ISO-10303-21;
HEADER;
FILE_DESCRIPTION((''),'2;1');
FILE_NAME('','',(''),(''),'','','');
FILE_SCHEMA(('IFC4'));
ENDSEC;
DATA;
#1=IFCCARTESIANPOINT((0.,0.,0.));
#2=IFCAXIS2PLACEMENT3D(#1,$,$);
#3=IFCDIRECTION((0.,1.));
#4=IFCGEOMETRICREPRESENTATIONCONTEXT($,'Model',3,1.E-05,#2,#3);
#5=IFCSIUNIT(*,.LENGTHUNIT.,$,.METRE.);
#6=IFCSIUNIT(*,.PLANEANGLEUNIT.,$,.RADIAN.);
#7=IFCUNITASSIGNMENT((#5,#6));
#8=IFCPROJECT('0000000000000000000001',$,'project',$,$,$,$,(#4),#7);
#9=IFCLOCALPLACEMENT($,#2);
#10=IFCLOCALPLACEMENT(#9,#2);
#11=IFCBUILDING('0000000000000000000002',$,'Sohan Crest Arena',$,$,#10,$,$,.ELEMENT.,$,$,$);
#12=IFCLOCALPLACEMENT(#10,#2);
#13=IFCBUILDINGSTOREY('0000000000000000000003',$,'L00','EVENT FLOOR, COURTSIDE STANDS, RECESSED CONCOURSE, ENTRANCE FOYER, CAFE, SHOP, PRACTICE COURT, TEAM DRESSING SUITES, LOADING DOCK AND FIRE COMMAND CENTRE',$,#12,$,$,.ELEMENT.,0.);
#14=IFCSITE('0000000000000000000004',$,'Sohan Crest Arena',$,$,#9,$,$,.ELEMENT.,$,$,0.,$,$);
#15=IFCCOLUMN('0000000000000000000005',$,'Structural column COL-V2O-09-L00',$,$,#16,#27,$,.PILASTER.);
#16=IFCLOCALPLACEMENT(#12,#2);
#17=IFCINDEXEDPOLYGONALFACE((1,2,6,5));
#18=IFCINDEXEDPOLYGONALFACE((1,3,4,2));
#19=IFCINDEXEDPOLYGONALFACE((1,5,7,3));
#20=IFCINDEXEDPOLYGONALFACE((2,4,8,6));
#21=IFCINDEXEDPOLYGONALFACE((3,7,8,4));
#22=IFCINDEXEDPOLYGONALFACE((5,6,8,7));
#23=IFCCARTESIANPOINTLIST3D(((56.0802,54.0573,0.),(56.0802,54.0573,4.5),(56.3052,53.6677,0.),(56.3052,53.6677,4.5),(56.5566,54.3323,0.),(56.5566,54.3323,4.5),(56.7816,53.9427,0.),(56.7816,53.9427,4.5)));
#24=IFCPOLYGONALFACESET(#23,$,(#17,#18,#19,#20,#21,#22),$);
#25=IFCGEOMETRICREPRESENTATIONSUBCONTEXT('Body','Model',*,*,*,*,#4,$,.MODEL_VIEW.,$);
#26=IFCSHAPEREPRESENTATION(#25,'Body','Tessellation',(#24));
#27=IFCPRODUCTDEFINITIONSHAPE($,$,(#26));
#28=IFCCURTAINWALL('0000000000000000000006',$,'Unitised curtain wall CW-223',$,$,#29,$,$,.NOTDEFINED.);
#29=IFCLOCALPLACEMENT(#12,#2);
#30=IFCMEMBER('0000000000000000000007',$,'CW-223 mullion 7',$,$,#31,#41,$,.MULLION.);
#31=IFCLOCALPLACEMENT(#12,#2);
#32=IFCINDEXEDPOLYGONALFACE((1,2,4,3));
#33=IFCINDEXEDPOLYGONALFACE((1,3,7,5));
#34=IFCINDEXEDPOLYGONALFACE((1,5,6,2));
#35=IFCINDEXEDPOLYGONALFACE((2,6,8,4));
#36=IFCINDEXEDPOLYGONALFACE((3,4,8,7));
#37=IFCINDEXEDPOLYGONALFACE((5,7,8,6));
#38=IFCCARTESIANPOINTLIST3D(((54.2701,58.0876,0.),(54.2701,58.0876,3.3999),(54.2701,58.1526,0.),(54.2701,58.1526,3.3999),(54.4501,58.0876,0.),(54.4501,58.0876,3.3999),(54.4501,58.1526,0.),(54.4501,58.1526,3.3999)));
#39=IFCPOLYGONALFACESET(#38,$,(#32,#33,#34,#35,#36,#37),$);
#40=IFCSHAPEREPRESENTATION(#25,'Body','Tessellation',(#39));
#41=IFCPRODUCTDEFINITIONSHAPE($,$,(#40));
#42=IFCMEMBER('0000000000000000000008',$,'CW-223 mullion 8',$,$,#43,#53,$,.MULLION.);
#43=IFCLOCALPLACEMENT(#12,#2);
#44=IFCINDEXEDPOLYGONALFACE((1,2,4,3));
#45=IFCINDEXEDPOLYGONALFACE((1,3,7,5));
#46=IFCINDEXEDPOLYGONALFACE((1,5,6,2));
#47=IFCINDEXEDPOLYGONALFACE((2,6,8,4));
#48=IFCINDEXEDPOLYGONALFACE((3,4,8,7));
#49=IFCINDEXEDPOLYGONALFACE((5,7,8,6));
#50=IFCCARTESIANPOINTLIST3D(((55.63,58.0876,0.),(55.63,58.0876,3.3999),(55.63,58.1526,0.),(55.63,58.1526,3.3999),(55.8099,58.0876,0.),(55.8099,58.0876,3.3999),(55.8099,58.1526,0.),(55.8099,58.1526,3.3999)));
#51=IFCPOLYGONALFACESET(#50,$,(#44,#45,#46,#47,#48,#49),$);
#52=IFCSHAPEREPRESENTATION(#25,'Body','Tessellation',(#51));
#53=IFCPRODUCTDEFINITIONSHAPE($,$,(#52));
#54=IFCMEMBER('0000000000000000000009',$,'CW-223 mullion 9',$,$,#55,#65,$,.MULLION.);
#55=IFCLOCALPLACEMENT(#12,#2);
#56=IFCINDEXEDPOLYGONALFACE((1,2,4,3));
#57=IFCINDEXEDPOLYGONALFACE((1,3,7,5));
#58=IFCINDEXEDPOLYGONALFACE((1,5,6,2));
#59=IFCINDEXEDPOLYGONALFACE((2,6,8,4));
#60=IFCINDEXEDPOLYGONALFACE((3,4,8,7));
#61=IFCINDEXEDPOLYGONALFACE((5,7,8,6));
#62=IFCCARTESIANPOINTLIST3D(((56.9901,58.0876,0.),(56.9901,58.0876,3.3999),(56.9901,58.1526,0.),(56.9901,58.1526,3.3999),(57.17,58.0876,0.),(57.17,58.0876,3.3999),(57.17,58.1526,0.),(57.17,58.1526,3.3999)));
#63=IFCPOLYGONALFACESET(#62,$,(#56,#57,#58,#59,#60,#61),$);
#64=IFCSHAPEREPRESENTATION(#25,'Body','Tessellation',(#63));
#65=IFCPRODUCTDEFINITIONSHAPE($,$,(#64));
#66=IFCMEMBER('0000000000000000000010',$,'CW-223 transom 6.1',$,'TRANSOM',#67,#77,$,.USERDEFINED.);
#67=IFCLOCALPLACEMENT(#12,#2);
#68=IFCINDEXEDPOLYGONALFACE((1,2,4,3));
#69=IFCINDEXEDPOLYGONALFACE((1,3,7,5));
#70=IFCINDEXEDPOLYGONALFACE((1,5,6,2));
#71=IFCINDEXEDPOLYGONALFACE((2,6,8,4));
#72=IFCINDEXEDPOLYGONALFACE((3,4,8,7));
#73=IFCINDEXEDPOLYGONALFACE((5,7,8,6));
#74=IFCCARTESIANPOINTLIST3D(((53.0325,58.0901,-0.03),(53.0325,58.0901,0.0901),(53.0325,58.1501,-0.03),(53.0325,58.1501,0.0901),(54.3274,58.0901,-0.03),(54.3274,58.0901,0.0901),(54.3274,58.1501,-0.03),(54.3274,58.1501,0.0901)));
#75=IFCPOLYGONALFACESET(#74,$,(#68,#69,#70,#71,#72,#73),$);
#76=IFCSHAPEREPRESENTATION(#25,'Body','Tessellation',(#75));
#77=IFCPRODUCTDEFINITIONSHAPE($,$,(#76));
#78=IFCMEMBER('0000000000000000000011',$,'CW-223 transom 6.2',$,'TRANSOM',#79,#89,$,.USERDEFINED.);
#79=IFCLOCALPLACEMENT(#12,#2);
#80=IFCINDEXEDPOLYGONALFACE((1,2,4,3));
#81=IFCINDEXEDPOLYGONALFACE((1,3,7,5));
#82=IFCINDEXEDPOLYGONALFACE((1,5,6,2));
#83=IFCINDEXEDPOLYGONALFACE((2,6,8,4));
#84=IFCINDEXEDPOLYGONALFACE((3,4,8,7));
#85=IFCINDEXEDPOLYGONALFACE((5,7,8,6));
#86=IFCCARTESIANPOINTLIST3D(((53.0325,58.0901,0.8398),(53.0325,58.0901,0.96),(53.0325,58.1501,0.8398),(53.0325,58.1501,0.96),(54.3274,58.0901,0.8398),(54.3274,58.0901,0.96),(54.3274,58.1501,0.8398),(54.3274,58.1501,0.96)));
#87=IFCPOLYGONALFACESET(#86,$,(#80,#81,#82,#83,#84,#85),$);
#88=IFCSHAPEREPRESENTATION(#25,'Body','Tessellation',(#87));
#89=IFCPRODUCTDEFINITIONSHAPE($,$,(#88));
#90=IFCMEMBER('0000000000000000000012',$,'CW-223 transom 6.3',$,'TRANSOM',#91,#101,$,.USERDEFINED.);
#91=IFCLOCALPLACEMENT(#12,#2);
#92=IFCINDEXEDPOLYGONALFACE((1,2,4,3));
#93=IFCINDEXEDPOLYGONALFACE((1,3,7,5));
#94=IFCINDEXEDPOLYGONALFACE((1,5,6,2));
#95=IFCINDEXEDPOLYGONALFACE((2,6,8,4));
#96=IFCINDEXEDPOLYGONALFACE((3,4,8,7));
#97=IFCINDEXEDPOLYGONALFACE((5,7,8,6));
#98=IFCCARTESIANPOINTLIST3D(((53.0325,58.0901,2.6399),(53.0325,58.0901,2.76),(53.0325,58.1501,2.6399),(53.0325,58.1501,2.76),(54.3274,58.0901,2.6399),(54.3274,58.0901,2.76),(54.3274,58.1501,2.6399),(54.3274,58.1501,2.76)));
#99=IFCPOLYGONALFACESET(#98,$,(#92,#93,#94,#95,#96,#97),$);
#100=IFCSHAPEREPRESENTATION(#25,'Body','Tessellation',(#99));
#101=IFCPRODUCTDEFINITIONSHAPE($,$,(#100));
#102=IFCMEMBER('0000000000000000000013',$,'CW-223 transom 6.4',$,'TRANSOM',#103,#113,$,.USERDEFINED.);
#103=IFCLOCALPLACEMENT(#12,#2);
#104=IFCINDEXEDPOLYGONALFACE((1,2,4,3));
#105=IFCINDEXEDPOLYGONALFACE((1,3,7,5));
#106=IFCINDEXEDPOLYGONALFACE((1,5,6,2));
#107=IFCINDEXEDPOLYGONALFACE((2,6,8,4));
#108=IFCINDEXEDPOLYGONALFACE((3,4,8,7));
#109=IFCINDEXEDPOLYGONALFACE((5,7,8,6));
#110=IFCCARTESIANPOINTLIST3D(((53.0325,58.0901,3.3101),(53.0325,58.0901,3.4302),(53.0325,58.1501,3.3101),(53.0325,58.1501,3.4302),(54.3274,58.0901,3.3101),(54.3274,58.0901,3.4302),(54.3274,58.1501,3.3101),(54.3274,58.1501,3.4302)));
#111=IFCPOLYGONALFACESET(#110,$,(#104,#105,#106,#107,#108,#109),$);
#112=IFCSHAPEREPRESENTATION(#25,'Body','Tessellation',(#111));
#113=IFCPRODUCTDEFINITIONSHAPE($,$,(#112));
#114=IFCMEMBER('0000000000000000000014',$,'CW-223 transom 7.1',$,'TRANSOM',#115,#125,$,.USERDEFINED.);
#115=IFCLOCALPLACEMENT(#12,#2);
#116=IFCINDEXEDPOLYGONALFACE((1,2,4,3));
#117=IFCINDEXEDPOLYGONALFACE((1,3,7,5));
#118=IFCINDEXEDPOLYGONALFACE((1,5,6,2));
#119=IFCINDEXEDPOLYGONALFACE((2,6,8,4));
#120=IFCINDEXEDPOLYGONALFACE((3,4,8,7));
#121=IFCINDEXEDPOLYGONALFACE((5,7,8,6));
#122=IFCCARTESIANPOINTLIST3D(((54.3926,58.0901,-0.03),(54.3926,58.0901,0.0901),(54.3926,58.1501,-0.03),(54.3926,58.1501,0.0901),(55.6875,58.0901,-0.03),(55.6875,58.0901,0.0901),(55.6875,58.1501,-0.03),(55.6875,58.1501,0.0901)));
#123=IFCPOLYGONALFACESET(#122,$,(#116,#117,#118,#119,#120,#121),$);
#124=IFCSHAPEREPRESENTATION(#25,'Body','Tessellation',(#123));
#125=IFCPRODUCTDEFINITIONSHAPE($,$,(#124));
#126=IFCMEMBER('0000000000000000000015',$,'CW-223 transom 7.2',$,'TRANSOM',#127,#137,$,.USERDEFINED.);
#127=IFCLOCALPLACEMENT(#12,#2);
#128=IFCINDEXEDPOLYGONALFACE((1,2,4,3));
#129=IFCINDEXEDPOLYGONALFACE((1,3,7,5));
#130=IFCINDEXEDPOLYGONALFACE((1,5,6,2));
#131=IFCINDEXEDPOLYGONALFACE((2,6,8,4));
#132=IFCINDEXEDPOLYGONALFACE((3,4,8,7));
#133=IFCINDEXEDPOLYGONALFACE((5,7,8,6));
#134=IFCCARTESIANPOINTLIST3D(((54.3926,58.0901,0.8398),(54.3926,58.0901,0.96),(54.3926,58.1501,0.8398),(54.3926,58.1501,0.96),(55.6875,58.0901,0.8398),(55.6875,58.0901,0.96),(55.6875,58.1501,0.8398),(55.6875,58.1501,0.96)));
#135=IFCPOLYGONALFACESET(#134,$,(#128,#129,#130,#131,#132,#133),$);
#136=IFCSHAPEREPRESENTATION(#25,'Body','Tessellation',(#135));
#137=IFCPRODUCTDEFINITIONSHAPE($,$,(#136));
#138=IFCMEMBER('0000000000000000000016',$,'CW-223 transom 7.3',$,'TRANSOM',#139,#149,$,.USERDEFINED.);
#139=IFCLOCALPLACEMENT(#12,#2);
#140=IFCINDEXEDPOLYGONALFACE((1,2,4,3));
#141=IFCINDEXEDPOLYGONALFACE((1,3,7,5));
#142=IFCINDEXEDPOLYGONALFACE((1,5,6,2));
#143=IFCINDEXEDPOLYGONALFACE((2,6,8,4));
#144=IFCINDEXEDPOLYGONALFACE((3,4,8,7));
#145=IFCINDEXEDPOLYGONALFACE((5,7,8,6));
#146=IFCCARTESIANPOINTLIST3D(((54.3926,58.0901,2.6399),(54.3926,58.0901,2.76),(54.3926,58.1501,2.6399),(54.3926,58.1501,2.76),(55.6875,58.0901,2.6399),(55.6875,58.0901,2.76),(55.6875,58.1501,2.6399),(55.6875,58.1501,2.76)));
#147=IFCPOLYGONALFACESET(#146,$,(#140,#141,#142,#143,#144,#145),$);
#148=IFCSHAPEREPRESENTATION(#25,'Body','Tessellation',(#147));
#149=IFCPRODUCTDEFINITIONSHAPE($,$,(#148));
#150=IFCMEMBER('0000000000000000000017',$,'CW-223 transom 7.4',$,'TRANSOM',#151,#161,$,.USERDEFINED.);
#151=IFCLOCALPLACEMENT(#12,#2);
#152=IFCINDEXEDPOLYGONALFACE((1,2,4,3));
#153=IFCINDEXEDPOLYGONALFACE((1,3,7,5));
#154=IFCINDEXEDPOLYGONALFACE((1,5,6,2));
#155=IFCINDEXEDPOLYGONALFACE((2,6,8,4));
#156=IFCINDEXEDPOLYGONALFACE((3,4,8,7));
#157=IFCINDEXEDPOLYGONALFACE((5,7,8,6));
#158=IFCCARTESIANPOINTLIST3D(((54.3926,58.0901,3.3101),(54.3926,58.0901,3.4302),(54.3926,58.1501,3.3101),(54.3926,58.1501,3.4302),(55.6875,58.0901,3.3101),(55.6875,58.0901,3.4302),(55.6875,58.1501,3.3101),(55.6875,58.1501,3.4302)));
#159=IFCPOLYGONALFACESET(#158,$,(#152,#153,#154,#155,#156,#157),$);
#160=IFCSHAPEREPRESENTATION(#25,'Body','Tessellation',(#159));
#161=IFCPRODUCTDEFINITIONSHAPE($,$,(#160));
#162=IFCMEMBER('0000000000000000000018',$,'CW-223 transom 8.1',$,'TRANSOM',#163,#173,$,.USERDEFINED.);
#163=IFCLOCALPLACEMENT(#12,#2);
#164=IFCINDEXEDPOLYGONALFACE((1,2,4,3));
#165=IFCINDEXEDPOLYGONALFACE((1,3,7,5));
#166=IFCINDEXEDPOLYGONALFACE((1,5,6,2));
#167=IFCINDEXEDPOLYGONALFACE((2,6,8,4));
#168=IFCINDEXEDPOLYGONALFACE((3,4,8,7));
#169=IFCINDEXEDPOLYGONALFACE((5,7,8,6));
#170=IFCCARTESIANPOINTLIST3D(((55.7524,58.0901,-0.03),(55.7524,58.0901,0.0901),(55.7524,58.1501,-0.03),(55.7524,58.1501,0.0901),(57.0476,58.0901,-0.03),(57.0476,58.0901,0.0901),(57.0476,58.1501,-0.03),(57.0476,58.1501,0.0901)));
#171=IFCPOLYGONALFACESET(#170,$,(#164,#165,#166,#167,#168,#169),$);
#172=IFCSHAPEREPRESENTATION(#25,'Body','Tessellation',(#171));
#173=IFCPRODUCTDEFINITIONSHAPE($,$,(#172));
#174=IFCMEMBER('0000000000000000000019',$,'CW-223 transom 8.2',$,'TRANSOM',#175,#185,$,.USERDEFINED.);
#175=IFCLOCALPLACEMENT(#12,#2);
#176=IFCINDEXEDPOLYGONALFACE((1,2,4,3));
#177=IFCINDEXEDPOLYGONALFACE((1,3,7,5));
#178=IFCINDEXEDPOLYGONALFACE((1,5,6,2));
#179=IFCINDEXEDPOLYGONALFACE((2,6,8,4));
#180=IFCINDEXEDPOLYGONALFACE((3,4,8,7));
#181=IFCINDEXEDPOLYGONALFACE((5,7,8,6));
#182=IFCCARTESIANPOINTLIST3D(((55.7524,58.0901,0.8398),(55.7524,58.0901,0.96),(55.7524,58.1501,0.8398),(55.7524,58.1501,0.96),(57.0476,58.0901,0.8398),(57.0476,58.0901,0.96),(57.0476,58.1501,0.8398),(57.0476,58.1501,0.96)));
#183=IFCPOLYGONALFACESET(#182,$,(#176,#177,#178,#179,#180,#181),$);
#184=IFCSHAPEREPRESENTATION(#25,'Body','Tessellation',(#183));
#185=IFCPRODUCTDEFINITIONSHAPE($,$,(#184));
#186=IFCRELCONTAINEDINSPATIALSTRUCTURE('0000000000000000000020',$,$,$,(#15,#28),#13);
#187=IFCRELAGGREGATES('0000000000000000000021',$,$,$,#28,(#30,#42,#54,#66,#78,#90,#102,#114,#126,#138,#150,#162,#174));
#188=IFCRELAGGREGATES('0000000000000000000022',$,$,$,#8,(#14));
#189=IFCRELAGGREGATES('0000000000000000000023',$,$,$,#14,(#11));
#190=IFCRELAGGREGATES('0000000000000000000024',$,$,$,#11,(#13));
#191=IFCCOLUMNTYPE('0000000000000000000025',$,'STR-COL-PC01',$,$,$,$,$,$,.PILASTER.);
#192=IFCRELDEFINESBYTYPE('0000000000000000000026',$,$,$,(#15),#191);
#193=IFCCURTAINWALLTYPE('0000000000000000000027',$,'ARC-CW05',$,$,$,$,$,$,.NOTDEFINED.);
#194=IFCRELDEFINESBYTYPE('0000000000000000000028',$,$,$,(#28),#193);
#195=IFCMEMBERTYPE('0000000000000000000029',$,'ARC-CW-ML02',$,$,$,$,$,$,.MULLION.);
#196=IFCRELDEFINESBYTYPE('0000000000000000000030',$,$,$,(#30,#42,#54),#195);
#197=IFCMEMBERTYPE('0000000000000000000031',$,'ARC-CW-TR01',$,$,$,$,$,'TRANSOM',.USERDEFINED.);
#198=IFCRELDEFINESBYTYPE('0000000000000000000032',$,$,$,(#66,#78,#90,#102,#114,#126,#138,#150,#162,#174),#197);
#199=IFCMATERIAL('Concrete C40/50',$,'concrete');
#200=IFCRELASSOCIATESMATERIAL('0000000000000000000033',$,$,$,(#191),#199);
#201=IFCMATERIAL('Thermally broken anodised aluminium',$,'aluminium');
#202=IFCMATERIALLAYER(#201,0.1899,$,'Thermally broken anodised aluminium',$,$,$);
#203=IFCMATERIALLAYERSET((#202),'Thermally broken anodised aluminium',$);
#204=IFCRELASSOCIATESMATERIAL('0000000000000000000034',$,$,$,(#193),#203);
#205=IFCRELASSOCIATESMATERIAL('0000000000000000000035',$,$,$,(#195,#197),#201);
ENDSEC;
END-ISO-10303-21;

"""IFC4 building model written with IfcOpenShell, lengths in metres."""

from ifc_helpers import new_model, si_unit, direction, frame, origin, origin_2d, place, context, subcontext, project, spatial, rectangle, extrude, material, layer, layer_set, material_profile, profile_set, type_object, element, aggregate, save


model = new_model("IFC4")

# Units and contexts
model_context = context("Model", 3, precision=1e-05, world=origin(), true_north=direction((0.0, 1.0)))
body_context = subcontext(model_context, "Body", "Model", "MODEL_VIEW")
ifc_project = project(units=[si_unit("LENGTHUNIT", "METRE"), si_unit("PLANEANGLEUNIT", "RADIAN")], contexts=[model_context])

# Site, building, storey
site_placement = place(None, origin())
site = spatial("IfcSite", under=ifc_project, at=site_placement, Name="Sohan Crest Arena", CompositionType="ELEMENT", RefElevation=0.0)
building_placement = place(site_placement, origin())
building = spatial("IfcBuilding", under=site, at=building_placement, Name="Sohan Crest Arena", CompositionType="ELEMENT")
storey_placement = place(building_placement, origin())
storey = spatial("IfcBuildingStorey", under=building, at=storey_placement, Name="L00", Description="EVENT FLOOR, COURTSIDE STANDS, RECESSED CONCOURSE, ENTRANCE FOYER, CAFE, SHOP, PRACTICE COURT, TEAM DRESSING SUITES, LOADING DOCK AND FIRE COMMAND CENTRE", CompositionType="ELEMENT", Elevation=0.0)

# Column
ifc_material_1 = material(Name="Concrete C40/50", Category="concrete")
ifc_material_profile_1 = material_profile(ifc_material_1, rectangle(XDim=0.55, YDim=0.45, at=origin_2d()), Name="RC 550x450")
ifc_profile_set_1 = profile_set([ifc_material_profile_1], Name="Concrete C40/50")
column_type = type_object("IfcColumnType", Name="STR-COL-PC01", PredefinedType="PILASTER", material=ifc_profile_set_1)
column_placement = place(storey_placement, frame((56.4309, 54.0, 0.0), z_axis=(0.0, 0.0, 1.0), x_axis=(0.866025, 0.5, 0.0)))
element("IfcColumn", 1, at=column_placement, inside=storey, type_object=column_type, Name="Structural column COL-V2O-09-L00", PredefinedType="PILASTER", context=body_context, shape_type="SweptSolid", body=[
    extrude(rectangle(XDim=0.55, YDim=0.45, at=origin_2d()), origin(), (0.0, 0.0, 1.0), 4.5),
])

# Curtain wall, members
ifc_material_2 = material(Name="Thermally broken anodised aluminium", Category="aluminium")
ifc_layer_1 = layer(ifc_material_2, 0.1899, Name="Thermally broken anodised aluminium")
ifc_layer_set_1 = layer_set([ifc_layer_1], Name="Thermally broken anodised aluminium")
curtain_wall_type = type_object("IfcCurtainWallType", Name="ARC-CW05", PredefinedType="NOTDEFINED", material=ifc_layer_set_1)
curtain_wall_placement = place(storey_placement, origin())
curtain_wall = element("IfcCurtainWall", 2, at=curtain_wall_placement, inside=storey, type_object=curtain_wall_type, Name="Unitised curtain wall CW-223", PredefinedType="NOTDEFINED")
ifc_material_profile_2 = material_profile(ifc_material_2, rectangle(XDim=0.0649, YDim=0.1799, at=origin_2d()), Name="ALU-MULL 65x180")
ifc_profile_set_2 = profile_set([ifc_material_profile_2], Name="Thermally broken anodised aluminium")
member_type_1 = type_object("IfcMemberType", Name="ARC-CW-ML02", PredefinedType="MULLION", material=ifc_profile_set_2)
member_1_placement = place(storey_placement, frame((54.3601, 58.1201, 0.0), z_axis=(0.0, 0.0, 1.0), x_axis=(0.0, 1.0, 0.0)))
member_1 = element("IfcMember", 3, at=member_1_placement, type_object=member_type_1, Name="CW-223 mullion 7", PredefinedType="MULLION", context=body_context, shape_type="SweptSolid", body=[
    extrude(rectangle(XDim=0.0649, YDim=0.1799, at=origin_2d()), origin(), (0.0, 0.0, 1.0), 3.3999),
])
member_2_placement = place(storey_placement, frame((55.72, 58.1201, 0.0), z_axis=(0.0, 0.0, 1.0), x_axis=(0.0, 1.0, 0.0)))
member_2 = element("IfcMember", 4, at=member_2_placement, type_object=member_type_1, Name="CW-223 mullion 8", PredefinedType="MULLION", context=body_context, shape_type="SweptSolid", body=[
    extrude(rectangle(XDim=0.0649, YDim=0.1799, at=origin_2d()), origin(), (0.0, 0.0, 1.0), 3.3999),
])
member_3_placement = place(storey_placement, frame((57.0801, 58.1201, 0.0), z_axis=(0.0, 0.0, 1.0), x_axis=(0.0, 1.0, 0.0)))
member_3 = element("IfcMember", 5, at=member_3_placement, type_object=member_type_1, Name="CW-223 mullion 9", PredefinedType="MULLION", context=body_context, shape_type="SweptSolid", body=[
    extrude(rectangle(XDim=0.0649, YDim=0.1799, at=origin_2d()), origin(), (0.0, 0.0, 1.0), 3.3999),
])
ifc_material_profile_3 = material_profile(ifc_material_2, rectangle(XDim=0.0601, YDim=0.1201, at=origin_2d()), Name="ALU-TRAN 60x120")
ifc_profile_set_3 = profile_set([ifc_material_profile_3], Name="Thermally broken anodised aluminium")
member_type_2 = type_object("IfcMemberType", Name="ARC-CW-TR01", ElementType="TRANSOM", PredefinedType="USERDEFINED", material=ifc_profile_set_3)
member_4_placement = place(storey_placement, frame((53.0325, 58.1201, 0.03), z_axis=(1.0, 0.0, 0.0), x_axis=(0.0, 1.0, 0.0)))
member_4 = element("IfcMember", 6, at=member_4_placement, type_object=member_type_2, Name="CW-223 transom 6.1", ObjectType="TRANSOM", PredefinedType="USERDEFINED", context=body_context, shape_type="SweptSolid", body=[
    extrude(rectangle(XDim=0.0601, YDim=0.1201, at=origin_2d()), origin(), (0.0, 0.0, 1.0), 1.2949),
])
member_5_placement = place(storey_placement, frame((53.0325, 58.1201, 0.8999), z_axis=(1.0, 0.0, 0.0), x_axis=(0.0, 1.0, 0.0)))
member_5 = element("IfcMember", 7, at=member_5_placement, type_object=member_type_2, Name="CW-223 transom 6.2", ObjectType="TRANSOM", PredefinedType="USERDEFINED", context=body_context, shape_type="SweptSolid", body=[
    extrude(rectangle(XDim=0.0601, YDim=0.1201, at=origin_2d()), origin(), (0.0, 0.0, 1.0), 1.2949),
])
member_6_placement = place(storey_placement, frame((53.0325, 58.1201, 2.7), z_axis=(1.0, 0.0, 0.0), x_axis=(0.0, 1.0, 0.0)))
member_6 = element("IfcMember", 8, at=member_6_placement, type_object=member_type_2, Name="CW-223 transom 6.3", ObjectType="TRANSOM", PredefinedType="USERDEFINED", context=body_context, shape_type="SweptSolid", body=[
    extrude(rectangle(XDim=0.0601, YDim=0.1201, at=origin_2d()), origin(), (0.0, 0.0, 1.0), 1.2949),
])
member_7_placement = place(storey_placement, frame((53.0325, 58.1201, 3.3701), z_axis=(1.0, 0.0, 0.0), x_axis=(0.0, 1.0, 0.0)))
member_7 = element("IfcMember", 9, at=member_7_placement, type_object=member_type_2, Name="CW-223 transom 6.4", ObjectType="TRANSOM", PredefinedType="USERDEFINED", context=body_context, shape_type="SweptSolid", body=[
    extrude(rectangle(XDim=0.0601, YDim=0.1201, at=origin_2d()), origin(), (0.0, 0.0, 1.0), 1.2949),
])
member_8_placement = place(storey_placement, frame((54.3926, 58.1201, 0.03), z_axis=(1.0, 0.0, 0.0), x_axis=(0.0, 1.0, 0.0)))
member_8 = element("IfcMember", 10, at=member_8_placement, type_object=member_type_2, Name="CW-223 transom 7.1", ObjectType="TRANSOM", PredefinedType="USERDEFINED", context=body_context, shape_type="SweptSolid", body=[
    extrude(rectangle(XDim=0.0601, YDim=0.1201, at=origin_2d()), origin(), (0.0, 0.0, 1.0), 1.2949),
])
member_9_placement = place(storey_placement, frame((54.3926, 58.1201, 0.8999), z_axis=(1.0, 0.0, 0.0), x_axis=(0.0, 1.0, 0.0)))
member_9 = element("IfcMember", 11, at=member_9_placement, type_object=member_type_2, Name="CW-223 transom 7.2", ObjectType="TRANSOM", PredefinedType="USERDEFINED", context=body_context, shape_type="SweptSolid", body=[
    extrude(rectangle(XDim=0.0601, YDim=0.1201, at=origin_2d()), origin(), (0.0, 0.0, 1.0), 1.2949),
])
member_10_placement = place(storey_placement, frame((54.3926, 58.1201, 2.7), z_axis=(1.0, 0.0, 0.0), x_axis=(0.0, 1.0, 0.0)))
member_10 = element("IfcMember", 12, at=member_10_placement, type_object=member_type_2, Name="CW-223 transom 7.3", ObjectType="TRANSOM", PredefinedType="USERDEFINED", context=body_context, shape_type="SweptSolid", body=[
    extrude(rectangle(XDim=0.0601, YDim=0.1201, at=origin_2d()), origin(), (0.0, 0.0, 1.0), 1.2949),
])
member_11_placement = place(storey_placement, frame((54.3926, 58.1201, 3.3701), z_axis=(1.0, 0.0, 0.0), x_axis=(0.0, 1.0, 0.0)))
member_11 = element("IfcMember", 13, at=member_11_placement, type_object=member_type_2, Name="CW-223 transom 7.4", ObjectType="TRANSOM", PredefinedType="USERDEFINED", context=body_context, shape_type="SweptSolid", body=[
    extrude(rectangle(XDim=0.0601, YDim=0.1201, at=origin_2d()), origin(), (0.0, 0.0, 1.0), 1.2949),
])
member_12_placement = place(storey_placement, frame((55.7524, 58.1201, 0.03), z_axis=(1.0, 0.0, 0.0), x_axis=(0.0, 1.0, 0.0)))
member_12 = element("IfcMember", 14, at=member_12_placement, type_object=member_type_2, Name="CW-223 transom 8.1", ObjectType="TRANSOM", PredefinedType="USERDEFINED", context=body_context, shape_type="SweptSolid", body=[
    extrude(rectangle(XDim=0.0601, YDim=0.1201, at=origin_2d()), origin(), (0.0, 0.0, 1.0), 1.2952),
])
member_13_placement = place(storey_placement, frame((55.7524, 58.1201, 0.8999), z_axis=(1.0, 0.0, 0.0), x_axis=(0.0, 1.0, 0.0)))
member_13 = element("IfcMember", 15, at=member_13_placement, type_object=member_type_2, Name="CW-223 transom 8.2", ObjectType="TRANSOM", PredefinedType="USERDEFINED", context=body_context, shape_type="SweptSolid", body=[
    extrude(rectangle(XDim=0.0601, YDim=0.1201, at=origin_2d()), origin(), (0.0, 0.0, 1.0), 1.2952),
])

aggregate(curtain_wall, [member_1, member_2, member_3, member_4, member_5, member_6, member_7, member_8, member_9, member_10, member_11, member_12, member_13])

save(model, "model.ifc")
